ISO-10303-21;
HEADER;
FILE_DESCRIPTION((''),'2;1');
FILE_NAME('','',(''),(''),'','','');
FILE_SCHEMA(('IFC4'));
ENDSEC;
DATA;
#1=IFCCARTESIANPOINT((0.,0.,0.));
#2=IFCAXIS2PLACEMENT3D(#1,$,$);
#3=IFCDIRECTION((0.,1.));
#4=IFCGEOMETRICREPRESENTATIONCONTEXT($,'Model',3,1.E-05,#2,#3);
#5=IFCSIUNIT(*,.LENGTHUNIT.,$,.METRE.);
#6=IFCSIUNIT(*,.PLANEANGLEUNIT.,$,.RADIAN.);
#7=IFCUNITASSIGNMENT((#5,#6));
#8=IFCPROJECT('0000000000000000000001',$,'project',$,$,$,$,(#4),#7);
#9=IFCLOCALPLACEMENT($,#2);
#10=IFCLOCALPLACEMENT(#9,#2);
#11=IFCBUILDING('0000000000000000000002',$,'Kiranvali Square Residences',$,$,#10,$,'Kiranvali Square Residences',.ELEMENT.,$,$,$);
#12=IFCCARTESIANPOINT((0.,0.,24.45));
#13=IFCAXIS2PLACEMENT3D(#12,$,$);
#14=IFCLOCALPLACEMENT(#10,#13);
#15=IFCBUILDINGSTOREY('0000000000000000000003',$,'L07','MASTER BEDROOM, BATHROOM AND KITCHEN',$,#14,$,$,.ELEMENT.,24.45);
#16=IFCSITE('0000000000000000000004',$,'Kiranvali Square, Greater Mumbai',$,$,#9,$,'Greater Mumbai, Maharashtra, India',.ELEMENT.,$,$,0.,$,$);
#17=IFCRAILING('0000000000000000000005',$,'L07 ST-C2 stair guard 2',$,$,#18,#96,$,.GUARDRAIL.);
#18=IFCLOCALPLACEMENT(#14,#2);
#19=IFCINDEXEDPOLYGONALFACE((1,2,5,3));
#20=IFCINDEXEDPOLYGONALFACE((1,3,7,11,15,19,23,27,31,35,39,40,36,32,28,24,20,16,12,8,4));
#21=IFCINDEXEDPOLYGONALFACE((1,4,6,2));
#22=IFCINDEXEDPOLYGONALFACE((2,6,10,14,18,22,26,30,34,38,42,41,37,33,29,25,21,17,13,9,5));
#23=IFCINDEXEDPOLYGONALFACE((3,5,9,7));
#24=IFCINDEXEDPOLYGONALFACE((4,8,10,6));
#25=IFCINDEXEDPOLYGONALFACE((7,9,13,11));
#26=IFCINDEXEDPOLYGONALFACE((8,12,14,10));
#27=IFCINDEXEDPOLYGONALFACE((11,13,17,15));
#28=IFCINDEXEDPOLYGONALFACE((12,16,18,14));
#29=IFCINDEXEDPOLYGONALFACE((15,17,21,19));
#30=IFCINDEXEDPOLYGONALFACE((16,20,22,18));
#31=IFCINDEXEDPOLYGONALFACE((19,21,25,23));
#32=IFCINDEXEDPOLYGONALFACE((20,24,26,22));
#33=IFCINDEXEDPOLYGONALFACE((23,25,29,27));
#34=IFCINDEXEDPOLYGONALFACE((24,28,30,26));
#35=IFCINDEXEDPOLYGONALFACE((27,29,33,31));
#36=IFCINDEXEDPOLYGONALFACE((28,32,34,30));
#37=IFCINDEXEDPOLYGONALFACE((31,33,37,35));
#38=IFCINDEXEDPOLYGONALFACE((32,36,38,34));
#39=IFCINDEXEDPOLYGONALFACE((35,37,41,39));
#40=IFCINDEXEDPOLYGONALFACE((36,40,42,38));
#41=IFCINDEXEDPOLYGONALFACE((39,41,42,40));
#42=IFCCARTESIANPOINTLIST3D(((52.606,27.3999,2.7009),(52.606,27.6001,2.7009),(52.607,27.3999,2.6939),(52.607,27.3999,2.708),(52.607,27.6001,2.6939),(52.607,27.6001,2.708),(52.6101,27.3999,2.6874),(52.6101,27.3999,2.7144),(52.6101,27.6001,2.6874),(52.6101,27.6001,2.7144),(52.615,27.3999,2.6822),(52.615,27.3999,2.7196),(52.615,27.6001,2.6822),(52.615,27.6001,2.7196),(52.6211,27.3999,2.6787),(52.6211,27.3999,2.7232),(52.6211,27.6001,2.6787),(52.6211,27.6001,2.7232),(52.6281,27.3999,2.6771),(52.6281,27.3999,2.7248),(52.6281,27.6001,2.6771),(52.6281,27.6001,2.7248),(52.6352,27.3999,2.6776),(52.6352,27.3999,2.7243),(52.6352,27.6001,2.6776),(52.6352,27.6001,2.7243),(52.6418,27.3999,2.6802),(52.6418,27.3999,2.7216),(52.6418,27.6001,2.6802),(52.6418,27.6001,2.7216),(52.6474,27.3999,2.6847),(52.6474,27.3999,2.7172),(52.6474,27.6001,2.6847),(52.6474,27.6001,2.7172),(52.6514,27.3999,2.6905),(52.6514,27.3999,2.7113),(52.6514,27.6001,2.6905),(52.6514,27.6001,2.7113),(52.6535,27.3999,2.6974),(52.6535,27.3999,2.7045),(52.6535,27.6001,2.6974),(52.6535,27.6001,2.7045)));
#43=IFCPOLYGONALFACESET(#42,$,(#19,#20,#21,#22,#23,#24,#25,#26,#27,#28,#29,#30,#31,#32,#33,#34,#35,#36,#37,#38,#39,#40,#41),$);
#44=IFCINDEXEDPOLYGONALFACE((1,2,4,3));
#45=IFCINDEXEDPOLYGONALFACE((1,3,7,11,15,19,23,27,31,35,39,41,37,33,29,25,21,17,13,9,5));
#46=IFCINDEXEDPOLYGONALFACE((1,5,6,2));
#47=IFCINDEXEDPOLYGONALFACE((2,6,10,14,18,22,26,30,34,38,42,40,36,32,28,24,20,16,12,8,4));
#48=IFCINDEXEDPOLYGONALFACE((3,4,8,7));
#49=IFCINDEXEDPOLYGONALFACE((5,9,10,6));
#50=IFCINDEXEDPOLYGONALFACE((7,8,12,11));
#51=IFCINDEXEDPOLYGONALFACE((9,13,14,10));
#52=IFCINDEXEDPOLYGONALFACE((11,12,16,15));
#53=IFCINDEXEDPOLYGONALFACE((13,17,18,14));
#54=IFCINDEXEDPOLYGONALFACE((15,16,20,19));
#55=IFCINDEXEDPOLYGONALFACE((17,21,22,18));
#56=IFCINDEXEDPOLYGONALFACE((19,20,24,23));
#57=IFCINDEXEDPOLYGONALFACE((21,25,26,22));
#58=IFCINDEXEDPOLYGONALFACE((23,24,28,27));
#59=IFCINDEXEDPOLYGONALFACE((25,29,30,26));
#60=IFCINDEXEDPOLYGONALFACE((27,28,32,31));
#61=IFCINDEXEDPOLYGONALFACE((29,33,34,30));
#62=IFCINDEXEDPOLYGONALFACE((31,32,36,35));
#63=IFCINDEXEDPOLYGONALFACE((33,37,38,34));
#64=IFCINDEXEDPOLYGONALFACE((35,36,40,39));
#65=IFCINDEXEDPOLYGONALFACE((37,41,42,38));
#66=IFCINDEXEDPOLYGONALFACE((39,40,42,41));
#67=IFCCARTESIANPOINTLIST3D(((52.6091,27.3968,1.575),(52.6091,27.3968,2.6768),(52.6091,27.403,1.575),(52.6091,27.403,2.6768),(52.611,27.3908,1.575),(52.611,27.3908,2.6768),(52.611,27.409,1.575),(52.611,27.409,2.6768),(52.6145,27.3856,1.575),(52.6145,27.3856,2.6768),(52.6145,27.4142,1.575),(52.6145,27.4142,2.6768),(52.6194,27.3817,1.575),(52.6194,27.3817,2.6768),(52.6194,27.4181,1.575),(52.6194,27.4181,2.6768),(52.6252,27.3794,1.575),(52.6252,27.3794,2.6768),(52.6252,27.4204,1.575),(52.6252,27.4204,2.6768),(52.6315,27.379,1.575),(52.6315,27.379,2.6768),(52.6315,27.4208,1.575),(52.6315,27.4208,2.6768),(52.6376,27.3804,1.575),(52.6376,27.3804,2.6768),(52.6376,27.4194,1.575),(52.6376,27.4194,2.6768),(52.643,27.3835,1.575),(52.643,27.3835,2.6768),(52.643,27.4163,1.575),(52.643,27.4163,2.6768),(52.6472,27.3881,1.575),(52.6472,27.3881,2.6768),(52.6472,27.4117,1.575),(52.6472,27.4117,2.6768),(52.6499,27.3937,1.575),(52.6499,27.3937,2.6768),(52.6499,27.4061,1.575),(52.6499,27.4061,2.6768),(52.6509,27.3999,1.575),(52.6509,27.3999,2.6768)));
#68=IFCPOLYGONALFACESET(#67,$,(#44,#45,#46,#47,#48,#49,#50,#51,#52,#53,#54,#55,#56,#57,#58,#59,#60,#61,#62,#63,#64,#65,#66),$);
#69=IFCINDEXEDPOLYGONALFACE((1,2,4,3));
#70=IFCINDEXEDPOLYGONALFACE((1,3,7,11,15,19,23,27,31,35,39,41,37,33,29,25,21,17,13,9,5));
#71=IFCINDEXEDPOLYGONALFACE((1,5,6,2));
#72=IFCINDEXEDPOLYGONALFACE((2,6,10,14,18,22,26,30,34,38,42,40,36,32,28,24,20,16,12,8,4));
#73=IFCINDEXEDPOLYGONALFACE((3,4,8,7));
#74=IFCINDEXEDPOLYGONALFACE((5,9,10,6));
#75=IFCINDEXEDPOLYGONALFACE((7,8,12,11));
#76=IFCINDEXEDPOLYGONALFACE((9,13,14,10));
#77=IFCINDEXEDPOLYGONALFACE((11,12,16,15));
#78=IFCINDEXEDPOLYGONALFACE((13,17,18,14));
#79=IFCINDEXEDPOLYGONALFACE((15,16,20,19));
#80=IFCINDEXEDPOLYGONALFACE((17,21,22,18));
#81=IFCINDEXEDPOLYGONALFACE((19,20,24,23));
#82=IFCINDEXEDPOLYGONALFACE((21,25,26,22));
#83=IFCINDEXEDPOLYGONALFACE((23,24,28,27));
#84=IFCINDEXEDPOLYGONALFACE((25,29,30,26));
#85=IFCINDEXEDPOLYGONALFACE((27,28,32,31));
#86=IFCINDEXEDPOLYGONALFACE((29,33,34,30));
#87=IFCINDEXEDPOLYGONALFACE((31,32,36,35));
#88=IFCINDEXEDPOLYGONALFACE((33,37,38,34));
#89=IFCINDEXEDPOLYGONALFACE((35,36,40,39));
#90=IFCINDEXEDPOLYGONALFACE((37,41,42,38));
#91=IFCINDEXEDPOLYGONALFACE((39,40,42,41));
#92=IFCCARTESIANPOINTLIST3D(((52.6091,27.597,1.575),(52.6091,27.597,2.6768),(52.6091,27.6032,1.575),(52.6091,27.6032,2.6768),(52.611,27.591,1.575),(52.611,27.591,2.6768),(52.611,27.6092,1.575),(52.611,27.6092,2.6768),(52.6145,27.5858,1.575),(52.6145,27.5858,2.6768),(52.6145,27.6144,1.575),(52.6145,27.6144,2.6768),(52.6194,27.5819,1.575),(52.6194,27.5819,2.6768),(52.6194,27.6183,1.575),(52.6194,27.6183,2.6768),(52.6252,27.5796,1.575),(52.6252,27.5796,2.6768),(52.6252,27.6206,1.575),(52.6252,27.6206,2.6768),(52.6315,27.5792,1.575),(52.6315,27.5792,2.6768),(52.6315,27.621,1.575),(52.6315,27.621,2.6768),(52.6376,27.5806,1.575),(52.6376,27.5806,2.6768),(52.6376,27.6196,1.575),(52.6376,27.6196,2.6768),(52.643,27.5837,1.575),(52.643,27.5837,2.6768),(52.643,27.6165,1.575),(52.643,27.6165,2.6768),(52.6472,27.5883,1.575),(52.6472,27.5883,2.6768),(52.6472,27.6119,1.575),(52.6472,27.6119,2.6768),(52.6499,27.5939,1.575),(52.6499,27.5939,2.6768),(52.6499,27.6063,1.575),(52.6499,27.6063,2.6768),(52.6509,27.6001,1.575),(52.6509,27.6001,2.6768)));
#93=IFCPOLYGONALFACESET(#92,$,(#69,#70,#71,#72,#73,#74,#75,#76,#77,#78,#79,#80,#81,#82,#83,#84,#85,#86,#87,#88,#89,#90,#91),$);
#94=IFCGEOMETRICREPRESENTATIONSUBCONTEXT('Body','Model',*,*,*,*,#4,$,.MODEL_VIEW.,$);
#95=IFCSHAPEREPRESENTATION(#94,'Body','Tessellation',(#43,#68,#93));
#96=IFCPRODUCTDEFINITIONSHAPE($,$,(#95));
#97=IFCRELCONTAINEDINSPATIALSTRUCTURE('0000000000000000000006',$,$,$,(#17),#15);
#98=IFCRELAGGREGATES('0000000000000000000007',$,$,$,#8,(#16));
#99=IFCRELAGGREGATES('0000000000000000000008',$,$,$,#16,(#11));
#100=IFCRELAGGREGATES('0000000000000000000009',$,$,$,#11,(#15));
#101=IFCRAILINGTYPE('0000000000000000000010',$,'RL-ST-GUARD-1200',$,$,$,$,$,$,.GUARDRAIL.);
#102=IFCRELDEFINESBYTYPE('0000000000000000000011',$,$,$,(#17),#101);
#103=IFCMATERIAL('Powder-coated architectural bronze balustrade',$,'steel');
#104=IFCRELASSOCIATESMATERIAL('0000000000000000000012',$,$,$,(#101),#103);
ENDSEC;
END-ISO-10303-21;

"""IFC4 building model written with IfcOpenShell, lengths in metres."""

from ifc_helpers import new_model, si_unit, direction, frame, origin, origin_2d, place, context, subcontext, project, spatial, circle, extrude, material, type_object, element, save


model = new_model("IFC4")

# Units and contexts
model_context = context("Model", 3, precision=1e-05, world=origin(), true_north=direction((0.0, 1.0)))
body_context = subcontext(model_context, "Body", "Model", "MODEL_VIEW")
ifc_project = project(units=[si_unit("LENGTHUNIT", "METRE"), si_unit("PLANEANGLEUNIT", "RADIAN")], contexts=[model_context])

# Site, building, storey
site_placement = place(None, origin())
site = spatial("IfcSite", under=ifc_project, at=site_placement, Name="Kiranvali Square, Greater Mumbai", LongName="Greater Mumbai, Maharashtra, India", CompositionType="ELEMENT", RefElevation=0.0)
building_placement = place(site_placement, origin())
building = spatial("IfcBuilding", under=site, at=building_placement, Name="Kiranvali Square Residences", LongName="Kiranvali Square Residences", CompositionType="ELEMENT")
storey_placement = place(building_placement, frame((0.0, 0.0, 24.45)))
storey = spatial("IfcBuildingStorey", under=building, at=storey_placement, Name="L07", Description="MASTER BEDROOM, BATHROOM AND KITCHEN", CompositionType="ELEMENT", Elevation=24.45)

# Railing
ifc_material_1 = material(Name="Powder-coated architectural bronze balustrade", Category="steel")
railing_type_1 = type_object("IfcRailingType", Name="RL-ST-GUARD-1200", PredefinedType="GUARDRAIL", material=ifc_material_1)
railing_1_placement = place(storey_placement, frame((52.6299, 27.3999, 1.575)))
element("IfcRailing", 1, at=railing_1_placement, inside=storey, type_object=railing_type_1, Name="L07 ST-C2 stair guard 2", PredefinedType="GUARDRAIL", context=body_context, shape_type="SweptSolid", body=[
    extrude(circle(Radius=0.0239, at=origin_2d()), frame((0.0, 0.0, 1.126), z_axis=(0.0, 1.0, 0.0), x_axis=(-1.0, 0.0, 0.0)), (0.0, 0.0, 1.0), 0.2002),
    extrude(circle(Radius=0.021, at=origin_2d()), origin(), (0.0, 0.0, 1.0), 1.1018),
    extrude(circle(Radius=0.021, at=origin_2d()), frame((0.0, 0.2002, 0.0)), (0.0, 0.0, 1.0), 1.1018),
])

save(model, "model.ifc")
